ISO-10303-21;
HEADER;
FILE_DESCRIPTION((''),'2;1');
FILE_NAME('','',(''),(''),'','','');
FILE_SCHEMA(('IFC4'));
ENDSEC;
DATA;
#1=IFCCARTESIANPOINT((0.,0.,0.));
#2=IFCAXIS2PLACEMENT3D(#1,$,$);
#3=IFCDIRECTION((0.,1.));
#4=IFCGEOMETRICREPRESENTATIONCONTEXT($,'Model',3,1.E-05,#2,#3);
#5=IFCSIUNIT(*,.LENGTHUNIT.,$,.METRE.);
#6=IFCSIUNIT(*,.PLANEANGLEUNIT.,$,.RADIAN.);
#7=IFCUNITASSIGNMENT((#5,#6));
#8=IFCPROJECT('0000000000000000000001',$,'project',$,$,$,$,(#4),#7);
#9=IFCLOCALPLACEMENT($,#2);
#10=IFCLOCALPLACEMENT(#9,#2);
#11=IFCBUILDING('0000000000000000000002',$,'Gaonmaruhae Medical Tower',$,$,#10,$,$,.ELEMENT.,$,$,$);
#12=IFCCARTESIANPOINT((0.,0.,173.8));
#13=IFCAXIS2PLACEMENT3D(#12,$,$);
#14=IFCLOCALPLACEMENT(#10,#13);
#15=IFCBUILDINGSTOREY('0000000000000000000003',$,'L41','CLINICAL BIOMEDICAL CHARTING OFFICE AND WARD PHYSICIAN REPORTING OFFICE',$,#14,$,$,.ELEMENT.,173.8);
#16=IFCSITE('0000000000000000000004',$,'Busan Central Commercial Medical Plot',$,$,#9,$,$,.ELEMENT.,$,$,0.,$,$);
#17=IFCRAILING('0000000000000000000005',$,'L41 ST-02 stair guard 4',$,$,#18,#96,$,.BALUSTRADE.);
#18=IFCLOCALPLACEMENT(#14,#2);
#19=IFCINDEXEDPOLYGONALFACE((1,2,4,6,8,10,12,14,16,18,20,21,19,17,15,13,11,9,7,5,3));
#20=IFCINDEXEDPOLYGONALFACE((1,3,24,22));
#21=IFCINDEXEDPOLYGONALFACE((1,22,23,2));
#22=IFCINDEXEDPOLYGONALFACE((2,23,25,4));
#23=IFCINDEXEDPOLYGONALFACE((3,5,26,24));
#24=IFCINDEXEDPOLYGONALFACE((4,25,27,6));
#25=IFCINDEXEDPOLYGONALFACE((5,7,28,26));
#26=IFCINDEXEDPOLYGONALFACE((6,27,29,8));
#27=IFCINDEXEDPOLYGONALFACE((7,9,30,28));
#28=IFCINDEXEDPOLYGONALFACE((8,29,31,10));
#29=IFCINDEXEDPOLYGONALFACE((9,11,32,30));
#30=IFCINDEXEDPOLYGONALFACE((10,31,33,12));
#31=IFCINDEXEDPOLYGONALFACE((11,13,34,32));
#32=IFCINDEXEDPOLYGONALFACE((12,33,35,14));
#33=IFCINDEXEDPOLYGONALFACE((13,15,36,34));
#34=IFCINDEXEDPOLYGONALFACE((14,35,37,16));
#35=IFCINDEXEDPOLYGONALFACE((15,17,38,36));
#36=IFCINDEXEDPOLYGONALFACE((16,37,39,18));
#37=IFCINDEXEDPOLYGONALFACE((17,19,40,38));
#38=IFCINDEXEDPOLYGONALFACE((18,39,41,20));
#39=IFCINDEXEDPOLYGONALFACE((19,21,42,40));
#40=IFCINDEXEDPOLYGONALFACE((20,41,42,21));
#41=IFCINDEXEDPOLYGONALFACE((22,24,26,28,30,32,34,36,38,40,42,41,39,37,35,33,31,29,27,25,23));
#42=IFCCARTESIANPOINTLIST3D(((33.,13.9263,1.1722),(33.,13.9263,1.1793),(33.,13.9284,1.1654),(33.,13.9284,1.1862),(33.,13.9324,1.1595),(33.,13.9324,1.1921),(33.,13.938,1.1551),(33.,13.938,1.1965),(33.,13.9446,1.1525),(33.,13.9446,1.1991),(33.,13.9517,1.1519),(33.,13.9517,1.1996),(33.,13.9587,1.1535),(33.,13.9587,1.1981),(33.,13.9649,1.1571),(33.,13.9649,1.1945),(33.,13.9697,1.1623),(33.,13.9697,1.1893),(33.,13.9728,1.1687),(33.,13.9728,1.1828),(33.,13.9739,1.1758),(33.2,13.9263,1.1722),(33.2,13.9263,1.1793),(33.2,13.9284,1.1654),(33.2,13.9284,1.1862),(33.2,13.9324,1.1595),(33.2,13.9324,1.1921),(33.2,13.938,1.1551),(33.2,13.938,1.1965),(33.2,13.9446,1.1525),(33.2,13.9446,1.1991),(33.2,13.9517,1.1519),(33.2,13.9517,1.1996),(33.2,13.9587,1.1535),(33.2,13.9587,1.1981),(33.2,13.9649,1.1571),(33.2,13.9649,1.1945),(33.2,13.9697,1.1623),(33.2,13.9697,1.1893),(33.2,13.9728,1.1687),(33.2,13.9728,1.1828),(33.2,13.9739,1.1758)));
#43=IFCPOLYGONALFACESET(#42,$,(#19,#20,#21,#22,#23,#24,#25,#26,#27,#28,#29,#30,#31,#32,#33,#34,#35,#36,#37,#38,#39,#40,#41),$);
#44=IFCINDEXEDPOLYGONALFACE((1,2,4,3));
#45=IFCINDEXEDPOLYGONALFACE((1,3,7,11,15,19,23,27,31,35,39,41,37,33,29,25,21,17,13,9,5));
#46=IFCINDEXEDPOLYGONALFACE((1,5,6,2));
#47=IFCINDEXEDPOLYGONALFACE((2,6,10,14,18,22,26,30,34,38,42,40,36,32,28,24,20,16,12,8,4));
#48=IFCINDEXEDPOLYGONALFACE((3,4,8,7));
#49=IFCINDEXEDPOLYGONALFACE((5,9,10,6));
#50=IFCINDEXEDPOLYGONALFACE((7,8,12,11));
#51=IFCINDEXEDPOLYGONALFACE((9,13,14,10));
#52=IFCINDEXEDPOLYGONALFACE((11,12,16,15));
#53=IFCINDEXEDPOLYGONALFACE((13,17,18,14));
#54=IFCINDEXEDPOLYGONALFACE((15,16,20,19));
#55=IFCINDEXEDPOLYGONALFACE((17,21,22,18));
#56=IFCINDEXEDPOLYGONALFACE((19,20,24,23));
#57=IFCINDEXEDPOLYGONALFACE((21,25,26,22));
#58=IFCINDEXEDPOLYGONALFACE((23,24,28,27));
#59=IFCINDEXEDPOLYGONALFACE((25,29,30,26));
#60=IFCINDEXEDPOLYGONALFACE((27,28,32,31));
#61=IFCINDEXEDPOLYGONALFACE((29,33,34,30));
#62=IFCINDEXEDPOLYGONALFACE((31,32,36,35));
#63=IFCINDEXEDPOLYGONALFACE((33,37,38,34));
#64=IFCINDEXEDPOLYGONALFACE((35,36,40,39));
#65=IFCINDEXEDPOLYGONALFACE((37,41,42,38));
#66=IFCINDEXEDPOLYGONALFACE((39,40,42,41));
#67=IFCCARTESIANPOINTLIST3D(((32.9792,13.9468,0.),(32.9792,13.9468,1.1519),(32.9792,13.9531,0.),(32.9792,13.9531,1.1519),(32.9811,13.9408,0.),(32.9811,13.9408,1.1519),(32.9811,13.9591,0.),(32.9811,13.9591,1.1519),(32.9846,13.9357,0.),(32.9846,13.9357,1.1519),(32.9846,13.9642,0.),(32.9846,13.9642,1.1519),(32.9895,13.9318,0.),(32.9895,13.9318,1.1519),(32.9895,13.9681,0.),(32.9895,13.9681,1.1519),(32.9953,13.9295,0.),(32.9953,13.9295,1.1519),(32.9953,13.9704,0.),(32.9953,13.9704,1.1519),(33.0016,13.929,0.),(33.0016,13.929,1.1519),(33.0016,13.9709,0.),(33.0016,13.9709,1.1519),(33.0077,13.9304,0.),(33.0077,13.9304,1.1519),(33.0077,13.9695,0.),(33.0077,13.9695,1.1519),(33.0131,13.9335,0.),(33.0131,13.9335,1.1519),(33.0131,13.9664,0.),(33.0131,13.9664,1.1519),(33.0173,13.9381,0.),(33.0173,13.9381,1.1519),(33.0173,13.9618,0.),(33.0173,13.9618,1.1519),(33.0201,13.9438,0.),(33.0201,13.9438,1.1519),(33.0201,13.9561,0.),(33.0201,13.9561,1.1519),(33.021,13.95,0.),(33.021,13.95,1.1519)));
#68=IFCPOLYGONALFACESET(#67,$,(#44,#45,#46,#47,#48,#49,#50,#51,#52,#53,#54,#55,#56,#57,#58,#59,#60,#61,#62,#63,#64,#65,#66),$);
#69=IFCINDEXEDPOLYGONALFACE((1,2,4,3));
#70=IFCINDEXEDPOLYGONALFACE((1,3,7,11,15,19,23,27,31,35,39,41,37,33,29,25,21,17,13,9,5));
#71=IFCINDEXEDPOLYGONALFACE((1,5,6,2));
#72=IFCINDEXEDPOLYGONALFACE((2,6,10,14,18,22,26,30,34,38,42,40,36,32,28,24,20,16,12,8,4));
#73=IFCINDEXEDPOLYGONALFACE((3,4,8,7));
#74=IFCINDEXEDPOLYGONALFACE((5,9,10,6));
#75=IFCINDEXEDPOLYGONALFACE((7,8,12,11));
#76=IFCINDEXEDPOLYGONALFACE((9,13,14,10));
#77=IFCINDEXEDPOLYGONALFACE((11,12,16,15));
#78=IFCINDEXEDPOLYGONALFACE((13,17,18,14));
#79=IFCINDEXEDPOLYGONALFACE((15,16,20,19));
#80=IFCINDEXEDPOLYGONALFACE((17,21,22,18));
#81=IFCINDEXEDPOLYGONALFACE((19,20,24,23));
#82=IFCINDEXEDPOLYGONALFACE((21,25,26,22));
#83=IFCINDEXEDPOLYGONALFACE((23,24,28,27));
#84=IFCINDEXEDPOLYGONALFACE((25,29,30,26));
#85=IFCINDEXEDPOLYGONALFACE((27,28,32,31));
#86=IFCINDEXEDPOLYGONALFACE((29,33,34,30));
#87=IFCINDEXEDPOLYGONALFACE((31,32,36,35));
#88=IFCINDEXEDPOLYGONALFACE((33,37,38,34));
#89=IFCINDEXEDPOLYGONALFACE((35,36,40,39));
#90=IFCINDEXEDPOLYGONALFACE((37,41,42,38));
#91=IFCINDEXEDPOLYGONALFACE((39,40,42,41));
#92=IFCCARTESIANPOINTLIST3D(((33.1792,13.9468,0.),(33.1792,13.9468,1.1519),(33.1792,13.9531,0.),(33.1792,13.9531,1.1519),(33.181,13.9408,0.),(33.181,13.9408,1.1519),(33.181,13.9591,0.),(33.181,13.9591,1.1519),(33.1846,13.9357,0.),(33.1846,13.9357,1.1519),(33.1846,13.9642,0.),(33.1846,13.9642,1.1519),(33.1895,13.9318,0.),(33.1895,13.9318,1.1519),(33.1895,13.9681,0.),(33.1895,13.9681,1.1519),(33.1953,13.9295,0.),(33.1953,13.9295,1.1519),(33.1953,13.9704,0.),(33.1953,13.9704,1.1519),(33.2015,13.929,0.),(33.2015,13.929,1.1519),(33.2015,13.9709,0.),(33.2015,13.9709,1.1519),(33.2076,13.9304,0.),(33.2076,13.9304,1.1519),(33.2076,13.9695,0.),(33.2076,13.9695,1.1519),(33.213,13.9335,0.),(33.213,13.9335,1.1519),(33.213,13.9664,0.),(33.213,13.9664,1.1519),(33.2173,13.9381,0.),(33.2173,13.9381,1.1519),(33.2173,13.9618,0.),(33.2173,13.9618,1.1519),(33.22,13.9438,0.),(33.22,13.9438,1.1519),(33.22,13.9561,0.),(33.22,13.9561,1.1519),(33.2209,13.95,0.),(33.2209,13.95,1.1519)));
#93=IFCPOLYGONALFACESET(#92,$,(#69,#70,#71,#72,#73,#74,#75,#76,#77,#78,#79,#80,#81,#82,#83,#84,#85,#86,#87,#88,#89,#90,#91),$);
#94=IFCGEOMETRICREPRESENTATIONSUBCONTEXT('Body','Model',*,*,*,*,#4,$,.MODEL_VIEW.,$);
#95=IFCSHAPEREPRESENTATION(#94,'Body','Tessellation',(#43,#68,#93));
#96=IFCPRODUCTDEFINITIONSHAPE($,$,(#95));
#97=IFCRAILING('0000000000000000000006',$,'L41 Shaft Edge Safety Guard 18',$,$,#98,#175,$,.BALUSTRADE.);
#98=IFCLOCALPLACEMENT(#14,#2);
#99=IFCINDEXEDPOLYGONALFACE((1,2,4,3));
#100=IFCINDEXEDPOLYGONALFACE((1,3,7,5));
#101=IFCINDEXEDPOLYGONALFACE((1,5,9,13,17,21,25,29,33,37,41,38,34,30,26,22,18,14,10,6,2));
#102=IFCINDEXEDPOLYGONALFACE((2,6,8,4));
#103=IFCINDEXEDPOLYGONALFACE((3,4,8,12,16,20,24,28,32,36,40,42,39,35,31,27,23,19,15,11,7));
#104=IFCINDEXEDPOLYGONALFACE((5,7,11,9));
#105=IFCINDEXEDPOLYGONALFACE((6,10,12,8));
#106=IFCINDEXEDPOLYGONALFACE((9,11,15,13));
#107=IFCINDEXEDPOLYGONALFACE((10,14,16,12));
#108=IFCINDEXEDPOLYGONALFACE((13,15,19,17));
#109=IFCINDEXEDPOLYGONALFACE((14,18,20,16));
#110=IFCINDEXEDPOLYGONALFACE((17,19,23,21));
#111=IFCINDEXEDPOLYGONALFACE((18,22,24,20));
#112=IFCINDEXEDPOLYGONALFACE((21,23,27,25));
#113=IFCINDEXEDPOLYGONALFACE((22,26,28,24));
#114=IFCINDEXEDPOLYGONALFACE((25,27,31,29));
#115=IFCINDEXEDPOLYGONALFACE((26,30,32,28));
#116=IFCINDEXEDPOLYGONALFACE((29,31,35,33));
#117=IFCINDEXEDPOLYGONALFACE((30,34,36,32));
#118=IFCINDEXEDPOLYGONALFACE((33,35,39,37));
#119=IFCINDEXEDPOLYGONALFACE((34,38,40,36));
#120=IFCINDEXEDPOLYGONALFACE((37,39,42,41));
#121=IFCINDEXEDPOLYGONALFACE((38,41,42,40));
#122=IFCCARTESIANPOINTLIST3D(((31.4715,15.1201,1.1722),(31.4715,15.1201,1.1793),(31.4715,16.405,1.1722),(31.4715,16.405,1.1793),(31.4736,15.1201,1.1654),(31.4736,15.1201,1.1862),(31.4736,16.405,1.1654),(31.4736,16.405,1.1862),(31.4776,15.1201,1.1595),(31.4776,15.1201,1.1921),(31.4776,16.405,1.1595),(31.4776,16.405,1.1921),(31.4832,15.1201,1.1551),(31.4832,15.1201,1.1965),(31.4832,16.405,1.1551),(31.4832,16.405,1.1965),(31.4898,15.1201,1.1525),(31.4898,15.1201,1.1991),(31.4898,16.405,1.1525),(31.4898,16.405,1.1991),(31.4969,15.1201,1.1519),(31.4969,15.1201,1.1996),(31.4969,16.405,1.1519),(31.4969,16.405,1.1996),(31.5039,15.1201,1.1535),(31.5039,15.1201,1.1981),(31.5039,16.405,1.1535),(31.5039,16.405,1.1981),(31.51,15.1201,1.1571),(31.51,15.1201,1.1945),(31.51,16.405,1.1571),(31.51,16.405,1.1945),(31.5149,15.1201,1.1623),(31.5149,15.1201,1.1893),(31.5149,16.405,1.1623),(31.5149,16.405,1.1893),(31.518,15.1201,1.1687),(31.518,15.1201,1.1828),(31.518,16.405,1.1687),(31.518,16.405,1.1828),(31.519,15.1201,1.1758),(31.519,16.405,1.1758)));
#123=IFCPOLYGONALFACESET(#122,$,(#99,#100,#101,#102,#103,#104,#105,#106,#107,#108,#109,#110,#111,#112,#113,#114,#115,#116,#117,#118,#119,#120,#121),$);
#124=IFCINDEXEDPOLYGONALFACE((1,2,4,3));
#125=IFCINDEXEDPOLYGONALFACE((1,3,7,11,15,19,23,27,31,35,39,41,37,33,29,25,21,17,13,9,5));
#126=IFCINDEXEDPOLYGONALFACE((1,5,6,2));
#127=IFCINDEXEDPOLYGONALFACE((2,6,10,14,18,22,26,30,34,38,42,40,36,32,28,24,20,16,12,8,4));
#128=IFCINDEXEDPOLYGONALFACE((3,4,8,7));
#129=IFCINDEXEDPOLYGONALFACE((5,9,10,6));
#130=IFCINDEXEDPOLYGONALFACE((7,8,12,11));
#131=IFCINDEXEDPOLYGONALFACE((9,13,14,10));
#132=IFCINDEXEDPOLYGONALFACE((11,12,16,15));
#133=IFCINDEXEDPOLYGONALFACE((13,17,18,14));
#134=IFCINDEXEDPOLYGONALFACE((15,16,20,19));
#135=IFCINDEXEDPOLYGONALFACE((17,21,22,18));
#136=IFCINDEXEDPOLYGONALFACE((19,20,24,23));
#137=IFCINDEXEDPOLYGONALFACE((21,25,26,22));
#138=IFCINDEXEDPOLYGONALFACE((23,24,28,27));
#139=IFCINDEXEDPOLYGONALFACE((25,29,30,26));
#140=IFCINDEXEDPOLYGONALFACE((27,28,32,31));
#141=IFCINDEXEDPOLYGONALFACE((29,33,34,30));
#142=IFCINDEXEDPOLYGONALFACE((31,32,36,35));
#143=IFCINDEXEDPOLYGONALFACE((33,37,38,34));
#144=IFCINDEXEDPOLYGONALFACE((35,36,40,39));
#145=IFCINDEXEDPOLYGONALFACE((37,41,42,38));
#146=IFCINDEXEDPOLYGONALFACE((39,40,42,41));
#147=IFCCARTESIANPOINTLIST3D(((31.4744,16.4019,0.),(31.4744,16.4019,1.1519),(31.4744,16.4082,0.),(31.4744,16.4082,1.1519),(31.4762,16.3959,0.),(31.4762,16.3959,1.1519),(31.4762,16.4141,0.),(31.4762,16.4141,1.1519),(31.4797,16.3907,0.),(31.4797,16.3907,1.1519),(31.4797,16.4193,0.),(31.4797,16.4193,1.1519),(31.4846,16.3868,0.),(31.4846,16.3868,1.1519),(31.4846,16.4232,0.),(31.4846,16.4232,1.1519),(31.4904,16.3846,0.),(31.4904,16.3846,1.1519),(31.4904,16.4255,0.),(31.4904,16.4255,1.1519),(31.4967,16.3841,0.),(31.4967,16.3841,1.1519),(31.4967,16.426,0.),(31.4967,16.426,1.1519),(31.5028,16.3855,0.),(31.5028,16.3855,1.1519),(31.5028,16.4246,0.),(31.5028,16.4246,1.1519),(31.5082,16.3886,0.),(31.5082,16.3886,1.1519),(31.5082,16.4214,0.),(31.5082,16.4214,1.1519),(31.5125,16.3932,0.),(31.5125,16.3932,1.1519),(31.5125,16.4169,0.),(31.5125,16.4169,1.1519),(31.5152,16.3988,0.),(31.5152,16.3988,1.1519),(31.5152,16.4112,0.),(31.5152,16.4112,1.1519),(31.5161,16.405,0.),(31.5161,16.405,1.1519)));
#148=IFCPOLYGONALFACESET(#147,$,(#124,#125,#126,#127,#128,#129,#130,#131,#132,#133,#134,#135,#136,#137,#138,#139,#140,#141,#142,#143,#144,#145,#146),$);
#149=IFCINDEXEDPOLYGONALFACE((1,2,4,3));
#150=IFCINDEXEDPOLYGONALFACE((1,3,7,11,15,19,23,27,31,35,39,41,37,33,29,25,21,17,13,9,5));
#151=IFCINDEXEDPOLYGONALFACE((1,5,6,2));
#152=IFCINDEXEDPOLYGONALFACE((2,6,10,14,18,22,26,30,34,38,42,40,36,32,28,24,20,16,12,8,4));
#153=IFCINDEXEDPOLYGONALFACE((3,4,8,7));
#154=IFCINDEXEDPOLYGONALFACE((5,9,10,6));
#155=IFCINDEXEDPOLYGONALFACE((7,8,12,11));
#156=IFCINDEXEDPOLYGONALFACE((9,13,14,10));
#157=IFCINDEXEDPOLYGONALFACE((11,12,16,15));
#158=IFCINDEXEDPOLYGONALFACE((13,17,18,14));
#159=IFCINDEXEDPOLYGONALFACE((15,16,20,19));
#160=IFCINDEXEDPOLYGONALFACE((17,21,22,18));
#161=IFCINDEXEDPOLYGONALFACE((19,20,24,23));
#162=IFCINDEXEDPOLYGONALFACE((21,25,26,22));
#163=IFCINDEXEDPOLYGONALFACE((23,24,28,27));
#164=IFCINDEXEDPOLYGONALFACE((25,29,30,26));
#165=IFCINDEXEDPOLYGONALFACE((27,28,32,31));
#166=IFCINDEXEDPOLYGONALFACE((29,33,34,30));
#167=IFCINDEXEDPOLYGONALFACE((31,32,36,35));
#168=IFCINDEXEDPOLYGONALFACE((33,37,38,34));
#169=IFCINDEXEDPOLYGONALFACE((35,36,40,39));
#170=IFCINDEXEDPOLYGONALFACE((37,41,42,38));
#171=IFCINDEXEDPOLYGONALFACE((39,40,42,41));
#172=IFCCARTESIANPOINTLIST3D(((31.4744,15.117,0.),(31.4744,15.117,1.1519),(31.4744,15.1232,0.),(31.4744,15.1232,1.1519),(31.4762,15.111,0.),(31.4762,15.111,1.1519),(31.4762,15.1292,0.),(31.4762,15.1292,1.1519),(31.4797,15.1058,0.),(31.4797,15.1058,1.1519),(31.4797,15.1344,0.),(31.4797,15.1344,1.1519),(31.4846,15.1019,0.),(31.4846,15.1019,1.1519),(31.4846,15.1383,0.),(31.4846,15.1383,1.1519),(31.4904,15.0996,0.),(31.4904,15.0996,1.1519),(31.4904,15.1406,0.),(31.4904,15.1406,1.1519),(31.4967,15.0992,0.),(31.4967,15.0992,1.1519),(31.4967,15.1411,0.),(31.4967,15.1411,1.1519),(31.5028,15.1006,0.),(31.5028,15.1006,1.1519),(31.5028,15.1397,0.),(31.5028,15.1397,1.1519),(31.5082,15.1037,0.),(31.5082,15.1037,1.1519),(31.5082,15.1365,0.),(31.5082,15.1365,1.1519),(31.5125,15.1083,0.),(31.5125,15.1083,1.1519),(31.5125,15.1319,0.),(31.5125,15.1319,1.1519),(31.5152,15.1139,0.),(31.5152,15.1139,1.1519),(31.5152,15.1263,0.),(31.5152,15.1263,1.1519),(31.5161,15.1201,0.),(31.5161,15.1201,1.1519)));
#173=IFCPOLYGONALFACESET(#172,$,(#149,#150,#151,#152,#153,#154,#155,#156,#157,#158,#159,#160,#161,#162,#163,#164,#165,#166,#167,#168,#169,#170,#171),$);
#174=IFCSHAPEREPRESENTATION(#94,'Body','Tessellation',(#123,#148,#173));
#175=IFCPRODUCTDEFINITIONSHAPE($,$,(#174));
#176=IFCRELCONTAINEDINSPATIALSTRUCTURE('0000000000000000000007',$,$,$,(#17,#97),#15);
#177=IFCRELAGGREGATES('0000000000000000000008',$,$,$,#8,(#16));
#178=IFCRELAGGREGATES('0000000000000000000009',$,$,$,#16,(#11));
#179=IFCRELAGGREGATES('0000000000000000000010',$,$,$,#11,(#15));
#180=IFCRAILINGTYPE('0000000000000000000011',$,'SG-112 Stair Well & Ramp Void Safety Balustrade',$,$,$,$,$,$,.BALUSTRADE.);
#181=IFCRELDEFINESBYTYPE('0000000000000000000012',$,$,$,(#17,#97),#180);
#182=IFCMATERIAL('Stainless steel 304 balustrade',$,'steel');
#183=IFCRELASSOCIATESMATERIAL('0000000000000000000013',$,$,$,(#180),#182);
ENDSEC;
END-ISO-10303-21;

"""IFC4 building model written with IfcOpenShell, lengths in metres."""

from ifc_helpers import new_model, si_unit, direction, frame, origin, origin_2d, place, context, subcontext, project, spatial, circle, extrude, material, type_object, element, save


model = new_model("IFC4")

# Units and contexts
model_context = context("Model", 3, precision=1e-05, world=origin(), true_north=direction((0.0, 1.0)))
body_context = subcontext(model_context, "Body", "Model", "MODEL_VIEW")
ifc_project = project(units=[si_unit("LENGTHUNIT", "METRE"), si_unit("PLANEANGLEUNIT", "RADIAN")], contexts=[model_context])

# Site, building, storey
site_placement = place(None, origin())
site = spatial("IfcSite", under=ifc_project, at=site_placement, Name="Busan Central Commercial Medical Plot", CompositionType="ELEMENT", RefElevation=0.0)
building_placement = place(site_placement, origin())
building = spatial("IfcBuilding", under=site, at=building_placement, Name="Gaonmaruhae Medical Tower", CompositionType="ELEMENT")
storey_placement = place(building_placement, frame((0.0, 0.0, 173.8)))
storey = spatial("IfcBuildingStorey", under=building, at=storey_placement, Name="L41", Description="CLINICAL BIOMEDICAL CHARTING OFFICE AND WARD PHYSICIAN REPORTING OFFICE", CompositionType="ELEMENT", Elevation=173.8)

# Railings
ifc_material_1 = material(Name="Stainless steel 304 balustrade", Category="steel")
railing_type_1 = type_object("IfcRailingType", Name="SG-112 Stair Well & Ramp Void Safety Balustrade", PredefinedType="BALUSTRADE", material=ifc_material_1)
railing_1_placement = place(storey_placement, frame((33.0, 13.95, 0.0)))
element("IfcRailing", 1, at=railing_1_placement, inside=storey, type_object=railing_type_1, Name="L41 ST-02 stair guard 4", PredefinedType="BALUSTRADE", context=body_context, shape_type="SweptSolid", body=[
    extrude(circle(Radius=0.0239, at=origin_2d()), frame((0.0, 0.0, 1.1758), z_axis=(1.0, 0.0, 0.0), x_axis=(0.0, 1.0, 0.0)), (0.0, 0.0, 1.0), 0.2),
    extrude(circle(Radius=0.021, at=origin_2d()), origin(), (0.0, 0.0, 1.0), 1.1519),
    extrude(circle(Radius=0.021, at=origin_2d()), frame((0.2, 0.0, 0.0)), (0.0, 0.0, 1.0), 1.1519),
])
railing_2_placement = place(storey_placement, frame((31.4951, 16.405, 0.0)))
element("IfcRailing", 2, at=railing_2_placement, inside=storey, type_object=railing_type_1, Name="L41 Shaft Edge Safety Guard 18", PredefinedType="BALUSTRADE", context=body_context, shape_type="SweptSolid", body=[
    extrude(circle(Radius=0.0239, at=origin_2d()), frame((0.0, 0.0, 1.1758), z_axis=(0.0, -1.0, 0.0), x_axis=(1.0, 0.0, 0.0)), (0.0, 0.0, 1.0), 1.2849),
    extrude(circle(Radius=0.021, at=origin_2d()), origin(), (0.0, 0.0, 1.0), 1.1519),
    extrude(circle(Radius=0.021, at=origin_2d()), frame((0.0, -1.2849, 0.0)), (0.0, 0.0, 1.0), 1.1519),
])

save(model, "model.ifc")
